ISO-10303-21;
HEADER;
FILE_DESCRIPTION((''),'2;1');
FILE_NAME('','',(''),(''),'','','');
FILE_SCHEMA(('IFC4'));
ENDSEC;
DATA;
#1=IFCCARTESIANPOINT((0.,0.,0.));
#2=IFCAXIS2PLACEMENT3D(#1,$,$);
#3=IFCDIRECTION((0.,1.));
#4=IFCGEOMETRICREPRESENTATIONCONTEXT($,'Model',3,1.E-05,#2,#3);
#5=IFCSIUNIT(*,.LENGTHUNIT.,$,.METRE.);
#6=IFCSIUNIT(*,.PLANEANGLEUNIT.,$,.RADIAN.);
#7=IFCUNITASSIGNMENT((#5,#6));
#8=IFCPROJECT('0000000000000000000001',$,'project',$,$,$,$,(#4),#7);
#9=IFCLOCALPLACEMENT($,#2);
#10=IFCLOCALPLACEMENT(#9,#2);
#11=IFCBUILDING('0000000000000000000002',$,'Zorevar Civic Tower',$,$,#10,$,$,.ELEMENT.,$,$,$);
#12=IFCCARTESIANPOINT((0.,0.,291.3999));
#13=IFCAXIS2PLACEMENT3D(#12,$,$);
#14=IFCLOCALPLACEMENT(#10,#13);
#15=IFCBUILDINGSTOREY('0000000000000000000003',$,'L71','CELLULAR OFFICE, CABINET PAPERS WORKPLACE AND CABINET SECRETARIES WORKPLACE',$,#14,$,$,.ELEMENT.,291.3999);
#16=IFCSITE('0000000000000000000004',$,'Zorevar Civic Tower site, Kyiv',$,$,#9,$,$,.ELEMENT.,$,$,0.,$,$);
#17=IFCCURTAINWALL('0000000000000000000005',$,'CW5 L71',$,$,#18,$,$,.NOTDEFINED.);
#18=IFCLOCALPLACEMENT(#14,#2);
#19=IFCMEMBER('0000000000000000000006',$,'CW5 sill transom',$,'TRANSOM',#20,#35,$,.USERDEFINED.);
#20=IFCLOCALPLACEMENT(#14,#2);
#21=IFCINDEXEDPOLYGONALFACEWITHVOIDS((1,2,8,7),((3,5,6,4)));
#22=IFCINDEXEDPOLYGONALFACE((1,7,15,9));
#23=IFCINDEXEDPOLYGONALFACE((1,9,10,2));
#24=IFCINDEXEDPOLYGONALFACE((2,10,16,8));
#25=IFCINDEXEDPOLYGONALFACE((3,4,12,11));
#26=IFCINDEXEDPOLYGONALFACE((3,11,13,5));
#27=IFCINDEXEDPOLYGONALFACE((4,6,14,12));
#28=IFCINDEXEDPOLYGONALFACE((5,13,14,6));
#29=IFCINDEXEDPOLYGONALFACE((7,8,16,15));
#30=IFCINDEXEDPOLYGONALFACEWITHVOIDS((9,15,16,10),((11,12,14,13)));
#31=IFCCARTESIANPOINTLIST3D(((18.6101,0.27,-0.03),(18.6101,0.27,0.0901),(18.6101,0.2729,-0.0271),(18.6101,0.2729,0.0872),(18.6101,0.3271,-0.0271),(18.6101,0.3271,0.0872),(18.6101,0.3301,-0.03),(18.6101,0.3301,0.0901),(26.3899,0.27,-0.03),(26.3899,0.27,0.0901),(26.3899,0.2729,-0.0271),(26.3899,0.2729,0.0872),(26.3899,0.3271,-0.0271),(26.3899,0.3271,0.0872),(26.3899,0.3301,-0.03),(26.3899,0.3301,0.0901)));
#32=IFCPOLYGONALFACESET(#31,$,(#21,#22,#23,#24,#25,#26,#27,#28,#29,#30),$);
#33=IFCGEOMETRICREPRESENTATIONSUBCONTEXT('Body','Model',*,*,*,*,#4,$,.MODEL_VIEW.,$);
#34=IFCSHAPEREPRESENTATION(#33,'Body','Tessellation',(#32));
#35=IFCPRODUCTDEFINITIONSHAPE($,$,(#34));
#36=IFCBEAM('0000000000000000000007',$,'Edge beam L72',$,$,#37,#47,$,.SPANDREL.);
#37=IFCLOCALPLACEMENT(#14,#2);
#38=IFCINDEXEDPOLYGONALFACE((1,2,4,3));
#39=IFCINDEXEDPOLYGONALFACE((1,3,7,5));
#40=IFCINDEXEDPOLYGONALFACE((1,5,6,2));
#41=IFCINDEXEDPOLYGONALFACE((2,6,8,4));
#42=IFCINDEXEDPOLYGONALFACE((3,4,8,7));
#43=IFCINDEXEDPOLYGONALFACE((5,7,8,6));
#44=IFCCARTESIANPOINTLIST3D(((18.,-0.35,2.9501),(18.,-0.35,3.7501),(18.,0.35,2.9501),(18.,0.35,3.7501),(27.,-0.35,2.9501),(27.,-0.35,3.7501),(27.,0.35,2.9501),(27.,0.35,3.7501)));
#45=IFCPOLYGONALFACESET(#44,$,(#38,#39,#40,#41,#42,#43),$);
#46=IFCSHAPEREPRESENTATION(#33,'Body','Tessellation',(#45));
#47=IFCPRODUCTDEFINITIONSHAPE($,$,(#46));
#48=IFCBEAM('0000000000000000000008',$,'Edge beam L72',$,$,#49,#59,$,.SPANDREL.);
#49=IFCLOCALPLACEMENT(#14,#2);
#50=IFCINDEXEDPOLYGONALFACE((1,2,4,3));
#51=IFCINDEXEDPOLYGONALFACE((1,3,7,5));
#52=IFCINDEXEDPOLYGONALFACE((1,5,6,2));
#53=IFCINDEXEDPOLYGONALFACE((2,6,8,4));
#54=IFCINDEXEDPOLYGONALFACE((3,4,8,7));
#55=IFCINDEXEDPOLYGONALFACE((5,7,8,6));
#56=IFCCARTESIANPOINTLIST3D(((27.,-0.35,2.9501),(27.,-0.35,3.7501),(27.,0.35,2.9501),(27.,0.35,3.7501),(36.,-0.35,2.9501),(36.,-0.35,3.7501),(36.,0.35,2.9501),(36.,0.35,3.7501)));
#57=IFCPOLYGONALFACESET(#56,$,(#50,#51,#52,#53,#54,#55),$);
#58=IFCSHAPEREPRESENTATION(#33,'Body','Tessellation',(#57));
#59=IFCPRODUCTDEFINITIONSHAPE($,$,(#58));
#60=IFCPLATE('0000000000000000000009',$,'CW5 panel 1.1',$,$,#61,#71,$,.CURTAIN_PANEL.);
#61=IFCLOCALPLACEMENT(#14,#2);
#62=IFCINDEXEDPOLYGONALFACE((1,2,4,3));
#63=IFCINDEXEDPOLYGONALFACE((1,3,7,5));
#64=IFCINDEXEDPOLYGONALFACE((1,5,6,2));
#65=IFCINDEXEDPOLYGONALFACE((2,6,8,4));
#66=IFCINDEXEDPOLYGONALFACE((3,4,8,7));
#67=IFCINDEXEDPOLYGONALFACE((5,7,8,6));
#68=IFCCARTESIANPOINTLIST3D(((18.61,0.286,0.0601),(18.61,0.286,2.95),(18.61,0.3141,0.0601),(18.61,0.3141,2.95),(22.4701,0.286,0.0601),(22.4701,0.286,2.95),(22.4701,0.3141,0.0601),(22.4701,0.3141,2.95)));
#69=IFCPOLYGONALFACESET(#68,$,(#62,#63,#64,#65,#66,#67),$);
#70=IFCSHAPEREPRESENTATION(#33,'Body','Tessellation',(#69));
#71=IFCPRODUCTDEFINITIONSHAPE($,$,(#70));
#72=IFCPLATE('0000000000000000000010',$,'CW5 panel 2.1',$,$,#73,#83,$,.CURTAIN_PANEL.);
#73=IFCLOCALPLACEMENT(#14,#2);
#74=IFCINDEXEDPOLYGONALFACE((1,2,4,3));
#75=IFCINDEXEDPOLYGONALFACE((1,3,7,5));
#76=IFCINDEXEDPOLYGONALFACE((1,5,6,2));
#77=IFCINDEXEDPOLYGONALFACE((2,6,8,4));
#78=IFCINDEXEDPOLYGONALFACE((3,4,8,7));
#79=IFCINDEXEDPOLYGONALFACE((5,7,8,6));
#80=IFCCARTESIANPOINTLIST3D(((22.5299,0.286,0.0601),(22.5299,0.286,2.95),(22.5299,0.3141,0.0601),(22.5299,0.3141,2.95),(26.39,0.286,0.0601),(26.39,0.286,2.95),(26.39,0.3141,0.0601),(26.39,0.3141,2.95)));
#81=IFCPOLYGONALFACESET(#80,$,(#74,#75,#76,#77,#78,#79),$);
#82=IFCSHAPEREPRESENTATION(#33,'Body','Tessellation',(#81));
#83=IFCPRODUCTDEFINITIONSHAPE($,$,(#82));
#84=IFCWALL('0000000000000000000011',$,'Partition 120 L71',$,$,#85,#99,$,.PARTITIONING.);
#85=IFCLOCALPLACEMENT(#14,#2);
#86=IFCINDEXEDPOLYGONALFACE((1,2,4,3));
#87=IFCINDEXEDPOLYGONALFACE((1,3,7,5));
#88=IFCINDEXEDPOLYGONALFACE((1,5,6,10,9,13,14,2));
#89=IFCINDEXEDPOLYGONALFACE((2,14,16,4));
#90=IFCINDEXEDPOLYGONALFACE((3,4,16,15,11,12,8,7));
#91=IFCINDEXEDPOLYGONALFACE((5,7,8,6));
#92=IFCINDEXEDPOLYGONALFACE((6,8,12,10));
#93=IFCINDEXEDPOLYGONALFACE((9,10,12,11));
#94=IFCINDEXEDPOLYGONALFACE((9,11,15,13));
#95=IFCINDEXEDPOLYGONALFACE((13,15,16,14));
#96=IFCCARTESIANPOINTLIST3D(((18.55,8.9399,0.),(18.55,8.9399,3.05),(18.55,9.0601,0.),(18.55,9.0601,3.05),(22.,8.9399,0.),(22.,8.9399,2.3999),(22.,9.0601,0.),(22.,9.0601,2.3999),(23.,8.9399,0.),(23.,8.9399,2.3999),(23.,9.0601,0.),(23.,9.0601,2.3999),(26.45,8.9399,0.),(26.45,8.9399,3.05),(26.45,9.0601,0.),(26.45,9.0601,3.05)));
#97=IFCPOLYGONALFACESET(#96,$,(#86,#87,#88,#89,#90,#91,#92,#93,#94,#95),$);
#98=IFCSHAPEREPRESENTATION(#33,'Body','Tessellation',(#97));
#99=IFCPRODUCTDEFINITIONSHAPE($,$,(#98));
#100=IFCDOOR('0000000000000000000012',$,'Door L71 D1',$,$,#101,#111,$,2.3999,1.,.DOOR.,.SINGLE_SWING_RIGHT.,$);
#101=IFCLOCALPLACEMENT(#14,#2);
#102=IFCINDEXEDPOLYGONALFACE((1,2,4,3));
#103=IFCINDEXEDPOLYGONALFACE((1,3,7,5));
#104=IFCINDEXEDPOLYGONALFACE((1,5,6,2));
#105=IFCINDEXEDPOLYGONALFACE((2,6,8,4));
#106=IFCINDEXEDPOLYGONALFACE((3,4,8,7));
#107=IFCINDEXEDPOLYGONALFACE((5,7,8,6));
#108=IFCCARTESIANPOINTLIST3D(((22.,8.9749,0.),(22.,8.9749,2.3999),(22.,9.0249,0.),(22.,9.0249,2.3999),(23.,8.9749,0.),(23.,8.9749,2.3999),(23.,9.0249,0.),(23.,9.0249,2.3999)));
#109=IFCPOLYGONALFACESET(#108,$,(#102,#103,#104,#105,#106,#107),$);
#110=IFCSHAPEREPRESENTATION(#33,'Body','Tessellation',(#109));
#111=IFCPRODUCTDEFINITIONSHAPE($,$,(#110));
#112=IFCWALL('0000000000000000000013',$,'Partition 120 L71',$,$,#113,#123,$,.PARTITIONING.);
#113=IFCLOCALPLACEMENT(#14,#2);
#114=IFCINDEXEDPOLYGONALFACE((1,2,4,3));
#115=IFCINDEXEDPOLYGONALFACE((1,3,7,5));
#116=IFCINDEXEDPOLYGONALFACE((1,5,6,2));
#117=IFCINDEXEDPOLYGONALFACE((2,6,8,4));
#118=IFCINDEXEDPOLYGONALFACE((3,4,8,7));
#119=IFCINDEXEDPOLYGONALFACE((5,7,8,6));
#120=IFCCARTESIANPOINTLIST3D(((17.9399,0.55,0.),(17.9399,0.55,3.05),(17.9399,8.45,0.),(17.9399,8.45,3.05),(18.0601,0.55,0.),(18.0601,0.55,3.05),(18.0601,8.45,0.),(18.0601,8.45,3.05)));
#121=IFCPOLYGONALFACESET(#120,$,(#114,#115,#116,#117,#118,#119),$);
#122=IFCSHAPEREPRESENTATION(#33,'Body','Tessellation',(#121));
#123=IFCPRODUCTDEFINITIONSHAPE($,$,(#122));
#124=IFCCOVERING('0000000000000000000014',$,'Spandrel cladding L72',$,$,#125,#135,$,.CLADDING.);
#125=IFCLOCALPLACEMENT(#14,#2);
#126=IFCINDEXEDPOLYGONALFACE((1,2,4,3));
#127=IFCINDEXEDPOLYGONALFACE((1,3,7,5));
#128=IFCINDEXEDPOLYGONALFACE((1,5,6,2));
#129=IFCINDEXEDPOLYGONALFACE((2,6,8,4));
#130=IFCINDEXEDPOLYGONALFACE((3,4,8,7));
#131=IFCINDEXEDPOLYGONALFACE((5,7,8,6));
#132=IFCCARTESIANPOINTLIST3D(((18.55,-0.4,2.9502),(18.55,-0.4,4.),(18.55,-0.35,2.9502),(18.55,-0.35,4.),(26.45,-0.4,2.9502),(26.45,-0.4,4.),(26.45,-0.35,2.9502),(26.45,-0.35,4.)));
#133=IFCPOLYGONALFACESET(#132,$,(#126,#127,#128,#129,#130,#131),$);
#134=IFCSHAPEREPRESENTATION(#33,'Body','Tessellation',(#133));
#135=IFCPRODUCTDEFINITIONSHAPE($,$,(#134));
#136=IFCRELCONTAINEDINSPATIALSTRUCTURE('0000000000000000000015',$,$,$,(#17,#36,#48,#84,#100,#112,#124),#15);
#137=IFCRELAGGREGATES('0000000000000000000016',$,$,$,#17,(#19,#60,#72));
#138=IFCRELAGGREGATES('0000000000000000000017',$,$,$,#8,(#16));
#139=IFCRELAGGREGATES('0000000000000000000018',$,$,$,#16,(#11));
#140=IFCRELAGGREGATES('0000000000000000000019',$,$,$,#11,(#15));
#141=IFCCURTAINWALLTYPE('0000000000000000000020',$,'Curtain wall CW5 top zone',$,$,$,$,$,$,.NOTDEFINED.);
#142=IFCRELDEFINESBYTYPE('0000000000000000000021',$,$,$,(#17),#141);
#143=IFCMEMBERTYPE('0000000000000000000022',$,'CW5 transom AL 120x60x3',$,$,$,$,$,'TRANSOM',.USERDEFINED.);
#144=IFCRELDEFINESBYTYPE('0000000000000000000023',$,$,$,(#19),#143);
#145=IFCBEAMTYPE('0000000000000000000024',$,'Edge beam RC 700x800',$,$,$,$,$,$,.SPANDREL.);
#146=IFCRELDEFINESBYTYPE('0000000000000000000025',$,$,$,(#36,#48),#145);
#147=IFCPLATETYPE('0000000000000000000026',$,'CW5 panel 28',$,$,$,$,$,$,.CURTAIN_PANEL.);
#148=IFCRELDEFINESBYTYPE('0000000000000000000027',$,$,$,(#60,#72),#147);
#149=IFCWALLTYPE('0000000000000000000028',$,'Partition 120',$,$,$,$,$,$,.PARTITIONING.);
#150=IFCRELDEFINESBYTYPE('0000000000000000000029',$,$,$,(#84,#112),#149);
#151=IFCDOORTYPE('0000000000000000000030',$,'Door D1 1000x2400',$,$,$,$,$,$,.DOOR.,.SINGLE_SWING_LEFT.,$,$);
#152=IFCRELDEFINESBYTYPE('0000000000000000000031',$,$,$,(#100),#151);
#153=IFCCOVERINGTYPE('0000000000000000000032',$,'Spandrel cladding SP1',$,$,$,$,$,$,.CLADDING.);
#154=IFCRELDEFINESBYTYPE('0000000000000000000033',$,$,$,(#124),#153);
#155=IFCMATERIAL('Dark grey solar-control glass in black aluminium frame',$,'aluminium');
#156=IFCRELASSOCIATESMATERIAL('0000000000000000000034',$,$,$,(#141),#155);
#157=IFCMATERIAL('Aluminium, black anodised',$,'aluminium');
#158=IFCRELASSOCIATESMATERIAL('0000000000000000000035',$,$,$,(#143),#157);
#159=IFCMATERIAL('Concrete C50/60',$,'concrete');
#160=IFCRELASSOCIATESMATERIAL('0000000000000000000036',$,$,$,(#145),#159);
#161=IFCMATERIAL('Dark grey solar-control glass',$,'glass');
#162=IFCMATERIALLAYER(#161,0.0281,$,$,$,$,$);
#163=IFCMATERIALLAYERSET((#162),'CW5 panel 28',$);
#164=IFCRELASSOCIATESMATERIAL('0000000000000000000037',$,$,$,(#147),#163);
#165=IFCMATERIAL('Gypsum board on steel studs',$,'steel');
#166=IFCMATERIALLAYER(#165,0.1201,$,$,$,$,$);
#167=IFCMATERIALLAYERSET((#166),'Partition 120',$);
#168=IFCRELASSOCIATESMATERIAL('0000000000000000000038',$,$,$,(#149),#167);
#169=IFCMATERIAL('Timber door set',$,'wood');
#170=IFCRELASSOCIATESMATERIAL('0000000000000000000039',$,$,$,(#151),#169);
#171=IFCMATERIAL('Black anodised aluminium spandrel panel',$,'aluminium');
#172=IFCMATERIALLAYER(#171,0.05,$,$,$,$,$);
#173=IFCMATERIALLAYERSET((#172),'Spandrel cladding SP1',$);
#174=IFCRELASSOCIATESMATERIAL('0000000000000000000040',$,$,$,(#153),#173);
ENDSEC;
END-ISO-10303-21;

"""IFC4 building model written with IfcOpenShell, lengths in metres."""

from ifc_helpers import new_model, si_unit, direction, frame, frame_2d, origin, origin_2d, place, context, subcontext, project, spatial, rectangle, hollow_rectangle, extrude, material, layer, layer_set, material_profile, profile_set, type_object, element, fill, aggregate, save


model = new_model("IFC4")

# Units and contexts
model_context = context("Model", 3, precision=1e-05, world=origin(), true_north=direction((0.0, 1.0)))
body_context = subcontext(model_context, "Body", "Model", "MODEL_VIEW")
ifc_project = project(units=[si_unit("LENGTHUNIT", "METRE"), si_unit("PLANEANGLEUNIT", "RADIAN")], contexts=[model_context])

# Site, building, storey
site_placement = place(None, origin())
site = spatial("IfcSite", under=ifc_project, at=site_placement, Name="Zorevar Civic Tower site, Kyiv", CompositionType="ELEMENT", RefElevation=0.0)
building_placement = place(site_placement, origin())
building = spatial("IfcBuilding", under=site, at=building_placement, Name="Zorevar Civic Tower", CompositionType="ELEMENT")
storey_placement = place(building_placement, frame((0.0, 0.0, 291.3999)))
storey = spatial("IfcBuildingStorey", under=building, at=storey_placement, Name="L71", Description="CELLULAR OFFICE, CABINET PAPERS WORKPLACE AND CABINET SECRETARIES WORKPLACE", CompositionType="ELEMENT", Elevation=291.3999)

# Curtain wall, member
ifc_material_1 = material(Name="Dark grey solar-control glass in black aluminium frame", Category="aluminium")
curtain_wall_type = type_object("IfcCurtainWallType", Name="Curtain wall CW5 top zone", PredefinedType="NOTDEFINED", material=ifc_material_1)
curtain_wall_placement = place(storey_placement, origin())
curtain_wall = element("IfcCurtainWall", 1, at=curtain_wall_placement, inside=storey, type_object=curtain_wall_type, Name="CW5 L71", PredefinedType="NOTDEFINED")
ifc_material_2 = material(Name="Aluminium, black anodised", Category="aluminium")
ifc_material_profile_1 = material_profile(ifc_material_2, hollow_rectangle(XDim=0.0601, YDim=0.1201, WallThickness=0.0029, at=origin_2d()), Name="AL 120x60x3")
ifc_profile_set_1 = profile_set([ifc_material_profile_1], Name="Aluminium, black anodised")
member_type_1 = type_object("IfcMemberType", Name="CW5 transom AL 120x60x3", ElementType="TRANSOM", PredefinedType="USERDEFINED", material=ifc_profile_set_1)
member_1_placement = place(storey_placement, frame((18.6101, 0.3, 0.03), z_axis=(1.0, 0.0, 0.0), x_axis=(0.0, 1.0, 0.0)))
member_1 = element("IfcMember", 2, at=member_1_placement, type_object=member_type_1, Name="CW5 sill transom", ObjectType="TRANSOM", PredefinedType="USERDEFINED", context=body_context, shape_type="SweptSolid", body=[
    extrude(hollow_rectangle(XDim=0.0601, YDim=0.1201, WallThickness=0.0029, at=origin_2d()), origin(), (0.0, 0.0, 1.0), 7.7798),
])

# Beams
ifc_material_3 = material(Name="Concrete C50/60", Category="concrete")
ifc_material_profile_2 = material_profile(ifc_material_3, rectangle(XDim=0.7, YDim=0.8, at=origin_2d()), Name="RC 700x800")
ifc_profile_set_2 = profile_set([ifc_material_profile_2], Name="Concrete C50/60")
beam_type_1 = type_object("IfcBeamType", Name="Edge beam RC 700x800", PredefinedType="SPANDREL", material=ifc_profile_set_2)
for number, where, z_axis, x_axis, name in (
    (3, (18.0, 0.0, 3.3501), (1.0, 0.0, 0.0), (0.0, 1.0, 0.0), "Edge beam L72"),
    (4, (27.0, 0.0, 3.3501), (1.0, 0.0, 0.0), (0.0, 1.0, 0.0), "Edge beam L72"),
):
    element("IfcBeam", number, at=place(storey_placement, frame(where, z_axis=z_axis, x_axis=x_axis)), inside=storey, type_object=beam_type_1, Name=name, PredefinedType="SPANDREL", context=body_context, shape_type="SweptSolid", body=[
        extrude(rectangle(XDim=0.7, YDim=0.8, at=origin_2d()), origin(), (0.0, 0.0, 1.0), 9.0),
    ])

# Plates
ifc_material_4 = material(Name="Dark grey solar-control glass", Category="glass")
ifc_layer_1 = layer(ifc_material_4, 0.0281)
ifc_layer_set_1 = layer_set([ifc_layer_1], Name="CW5 panel 28")
plate_type = type_object("IfcPlateType", Name="CW5 panel 28", PredefinedType="CURTAIN_PANEL", material=ifc_layer_set_1)
plate_1_placement = place(storey_placement, frame((20.54, 0.3, 0.0601), z_axis=(0.0, 0.0, 1.0), x_axis=(1.0, 0.0, 0.0)))
plate_1 = element("IfcPlate", 5, at=plate_1_placement, type_object=plate_type, Name="CW5 panel 1.1", PredefinedType="CURTAIN_PANEL", context=body_context, shape_type="SweptSolid", body=[
    extrude(rectangle(XDim=3.8601, YDim=0.0281, at=origin_2d()), origin(), (0.0, 0.0, 1.0), 2.8899),
])
plate_2_placement = place(storey_placement, frame((24.46, 0.3, 0.0601), z_axis=(0.0, 0.0, 1.0), x_axis=(1.0, 0.0, 0.0)))
plate_2 = element("IfcPlate", 6, at=plate_2_placement, type_object=plate_type, Name="CW5 panel 2.1", PredefinedType="CURTAIN_PANEL", context=body_context, shape_type="SweptSolid", body=[
    extrude(rectangle(XDim=3.8601, YDim=0.0281, at=origin_2d()), origin(), (0.0, 0.0, 1.0), 2.8899),
])
aggregate(curtain_wall, [member_1, plate_1, plate_2])

# Wall, opening, door
ifc_material_5 = material(Name="Gypsum board on steel studs", Category="steel")
ifc_layer_2 = layer(ifc_material_5, 0.1201)
ifc_layer_set_2 = layer_set([ifc_layer_2], Name="Partition 120")
wall_type = type_object("IfcWallType", Name="Partition 120", PredefinedType="PARTITIONING", material=ifc_layer_set_2)
wall_1_placement = place(storey_placement, frame((18.55, 9.0, 0.0), z_axis=(0.0, 0.0, 1.0), x_axis=(1.0, 0.0, 0.0)))
wall_1 = element("IfcWall", 7, at=wall_1_placement, inside=storey, type_object=wall_type, Name="Partition 120 L71", PredefinedType="PARTITIONING", context=body_context, shape_type="SweptSolid", body=[
    extrude(rectangle(XDim=7.8999, YDim=0.1201, at=frame_2d((3.95, 0.0))), origin(), (0.0, 0.0, 1.0), 3.05),
])
opening_placement = place(wall_1_placement, frame((3.45, 0.0, 0.0)))
opening = element("IfcOpeningElement", 8, at=opening_placement, cuts=wall_1, PredefinedType="OPENING", context=body_context, shape_type="SweptSolid", body=[
    extrude(rectangle(XDim=1.0, YDim=2.3999, at=frame_2d((0.5, 1.2))), frame((0.0, 0.0701, 0.0), z_axis=(0.0, -1.0, 0.0), x_axis=(1.0, 0.0, 0.0)), (0.0, 0.0, 1.0), 0.1401),
])
ifc_material_6 = material(Name="Timber door set", Category="wood")
door_type = type_object("IfcDoorType", Name="Door D1 1000x2400", OperationType="SINGLE_SWING_LEFT", PredefinedType="DOOR", material=ifc_material_6)
door_placement = place(opening_placement, origin())
door = element("IfcDoor", 9, at=door_placement, inside=storey, type_object=door_type, Name="Door L71 D1", OperationType="SINGLE_SWING_RIGHT", OverallHeight=2.3999, OverallWidth=1.0, PredefinedType="DOOR", context=body_context, shape_type="SweptSolid", body=[
    extrude(rectangle(XDim=1.0, YDim=2.3999, at=frame_2d((0.5, 1.2))), frame((0.0, 0.0249, 0.0), z_axis=(0.0, -1.0, 0.0), x_axis=(1.0, 0.0, 0.0)), (0.0, 0.0, 1.0), 0.05),
])
fill(opening, door)

# Wall
wall_2_placement = place(storey_placement, frame((18.0, 0.55, 0.0), z_axis=(0.0, 0.0, 1.0), x_axis=(0.0, 1.0, 0.0)))
element("IfcWall", 10, at=wall_2_placement, inside=storey, type_object=wall_type, Name="Partition 120 L71", PredefinedType="PARTITIONING", context=body_context, shape_type="SweptSolid", body=[
    extrude(rectangle(XDim=7.8999, YDim=0.1201, at=frame_2d((3.95, 0.0))), origin(), (0.0, 0.0, 1.0), 3.05),
])

# Covering
ifc_material_7 = material(Name="Black anodised aluminium spandrel panel", Category="aluminium")
ifc_layer_3 = layer(ifc_material_7, 0.05)
ifc_layer_set_3 = layer_set([ifc_layer_3], Name="Spandrel cladding SP1")
covering_type = type_object("IfcCoveringType", Name="Spandrel cladding SP1", PredefinedType="CLADDING", material=ifc_layer_set_3)
covering_placement = place(storey_placement, frame((18.55, -0.375, 2.9502), z_axis=(0.0, 0.0, 1.0), x_axis=(1.0, 0.0, 0.0)))
element("IfcCovering", 11, at=covering_placement, inside=storey, type_object=covering_type, Name="Spandrel cladding L72", PredefinedType="CLADDING", context=body_context, shape_type="SweptSolid", body=[
    extrude(rectangle(XDim=7.8999, YDim=0.05, at=frame_2d((3.95, 0.0))), origin(), (0.0, 0.0, 1.0), 1.0498),
])

save(model, "model.ifc")
